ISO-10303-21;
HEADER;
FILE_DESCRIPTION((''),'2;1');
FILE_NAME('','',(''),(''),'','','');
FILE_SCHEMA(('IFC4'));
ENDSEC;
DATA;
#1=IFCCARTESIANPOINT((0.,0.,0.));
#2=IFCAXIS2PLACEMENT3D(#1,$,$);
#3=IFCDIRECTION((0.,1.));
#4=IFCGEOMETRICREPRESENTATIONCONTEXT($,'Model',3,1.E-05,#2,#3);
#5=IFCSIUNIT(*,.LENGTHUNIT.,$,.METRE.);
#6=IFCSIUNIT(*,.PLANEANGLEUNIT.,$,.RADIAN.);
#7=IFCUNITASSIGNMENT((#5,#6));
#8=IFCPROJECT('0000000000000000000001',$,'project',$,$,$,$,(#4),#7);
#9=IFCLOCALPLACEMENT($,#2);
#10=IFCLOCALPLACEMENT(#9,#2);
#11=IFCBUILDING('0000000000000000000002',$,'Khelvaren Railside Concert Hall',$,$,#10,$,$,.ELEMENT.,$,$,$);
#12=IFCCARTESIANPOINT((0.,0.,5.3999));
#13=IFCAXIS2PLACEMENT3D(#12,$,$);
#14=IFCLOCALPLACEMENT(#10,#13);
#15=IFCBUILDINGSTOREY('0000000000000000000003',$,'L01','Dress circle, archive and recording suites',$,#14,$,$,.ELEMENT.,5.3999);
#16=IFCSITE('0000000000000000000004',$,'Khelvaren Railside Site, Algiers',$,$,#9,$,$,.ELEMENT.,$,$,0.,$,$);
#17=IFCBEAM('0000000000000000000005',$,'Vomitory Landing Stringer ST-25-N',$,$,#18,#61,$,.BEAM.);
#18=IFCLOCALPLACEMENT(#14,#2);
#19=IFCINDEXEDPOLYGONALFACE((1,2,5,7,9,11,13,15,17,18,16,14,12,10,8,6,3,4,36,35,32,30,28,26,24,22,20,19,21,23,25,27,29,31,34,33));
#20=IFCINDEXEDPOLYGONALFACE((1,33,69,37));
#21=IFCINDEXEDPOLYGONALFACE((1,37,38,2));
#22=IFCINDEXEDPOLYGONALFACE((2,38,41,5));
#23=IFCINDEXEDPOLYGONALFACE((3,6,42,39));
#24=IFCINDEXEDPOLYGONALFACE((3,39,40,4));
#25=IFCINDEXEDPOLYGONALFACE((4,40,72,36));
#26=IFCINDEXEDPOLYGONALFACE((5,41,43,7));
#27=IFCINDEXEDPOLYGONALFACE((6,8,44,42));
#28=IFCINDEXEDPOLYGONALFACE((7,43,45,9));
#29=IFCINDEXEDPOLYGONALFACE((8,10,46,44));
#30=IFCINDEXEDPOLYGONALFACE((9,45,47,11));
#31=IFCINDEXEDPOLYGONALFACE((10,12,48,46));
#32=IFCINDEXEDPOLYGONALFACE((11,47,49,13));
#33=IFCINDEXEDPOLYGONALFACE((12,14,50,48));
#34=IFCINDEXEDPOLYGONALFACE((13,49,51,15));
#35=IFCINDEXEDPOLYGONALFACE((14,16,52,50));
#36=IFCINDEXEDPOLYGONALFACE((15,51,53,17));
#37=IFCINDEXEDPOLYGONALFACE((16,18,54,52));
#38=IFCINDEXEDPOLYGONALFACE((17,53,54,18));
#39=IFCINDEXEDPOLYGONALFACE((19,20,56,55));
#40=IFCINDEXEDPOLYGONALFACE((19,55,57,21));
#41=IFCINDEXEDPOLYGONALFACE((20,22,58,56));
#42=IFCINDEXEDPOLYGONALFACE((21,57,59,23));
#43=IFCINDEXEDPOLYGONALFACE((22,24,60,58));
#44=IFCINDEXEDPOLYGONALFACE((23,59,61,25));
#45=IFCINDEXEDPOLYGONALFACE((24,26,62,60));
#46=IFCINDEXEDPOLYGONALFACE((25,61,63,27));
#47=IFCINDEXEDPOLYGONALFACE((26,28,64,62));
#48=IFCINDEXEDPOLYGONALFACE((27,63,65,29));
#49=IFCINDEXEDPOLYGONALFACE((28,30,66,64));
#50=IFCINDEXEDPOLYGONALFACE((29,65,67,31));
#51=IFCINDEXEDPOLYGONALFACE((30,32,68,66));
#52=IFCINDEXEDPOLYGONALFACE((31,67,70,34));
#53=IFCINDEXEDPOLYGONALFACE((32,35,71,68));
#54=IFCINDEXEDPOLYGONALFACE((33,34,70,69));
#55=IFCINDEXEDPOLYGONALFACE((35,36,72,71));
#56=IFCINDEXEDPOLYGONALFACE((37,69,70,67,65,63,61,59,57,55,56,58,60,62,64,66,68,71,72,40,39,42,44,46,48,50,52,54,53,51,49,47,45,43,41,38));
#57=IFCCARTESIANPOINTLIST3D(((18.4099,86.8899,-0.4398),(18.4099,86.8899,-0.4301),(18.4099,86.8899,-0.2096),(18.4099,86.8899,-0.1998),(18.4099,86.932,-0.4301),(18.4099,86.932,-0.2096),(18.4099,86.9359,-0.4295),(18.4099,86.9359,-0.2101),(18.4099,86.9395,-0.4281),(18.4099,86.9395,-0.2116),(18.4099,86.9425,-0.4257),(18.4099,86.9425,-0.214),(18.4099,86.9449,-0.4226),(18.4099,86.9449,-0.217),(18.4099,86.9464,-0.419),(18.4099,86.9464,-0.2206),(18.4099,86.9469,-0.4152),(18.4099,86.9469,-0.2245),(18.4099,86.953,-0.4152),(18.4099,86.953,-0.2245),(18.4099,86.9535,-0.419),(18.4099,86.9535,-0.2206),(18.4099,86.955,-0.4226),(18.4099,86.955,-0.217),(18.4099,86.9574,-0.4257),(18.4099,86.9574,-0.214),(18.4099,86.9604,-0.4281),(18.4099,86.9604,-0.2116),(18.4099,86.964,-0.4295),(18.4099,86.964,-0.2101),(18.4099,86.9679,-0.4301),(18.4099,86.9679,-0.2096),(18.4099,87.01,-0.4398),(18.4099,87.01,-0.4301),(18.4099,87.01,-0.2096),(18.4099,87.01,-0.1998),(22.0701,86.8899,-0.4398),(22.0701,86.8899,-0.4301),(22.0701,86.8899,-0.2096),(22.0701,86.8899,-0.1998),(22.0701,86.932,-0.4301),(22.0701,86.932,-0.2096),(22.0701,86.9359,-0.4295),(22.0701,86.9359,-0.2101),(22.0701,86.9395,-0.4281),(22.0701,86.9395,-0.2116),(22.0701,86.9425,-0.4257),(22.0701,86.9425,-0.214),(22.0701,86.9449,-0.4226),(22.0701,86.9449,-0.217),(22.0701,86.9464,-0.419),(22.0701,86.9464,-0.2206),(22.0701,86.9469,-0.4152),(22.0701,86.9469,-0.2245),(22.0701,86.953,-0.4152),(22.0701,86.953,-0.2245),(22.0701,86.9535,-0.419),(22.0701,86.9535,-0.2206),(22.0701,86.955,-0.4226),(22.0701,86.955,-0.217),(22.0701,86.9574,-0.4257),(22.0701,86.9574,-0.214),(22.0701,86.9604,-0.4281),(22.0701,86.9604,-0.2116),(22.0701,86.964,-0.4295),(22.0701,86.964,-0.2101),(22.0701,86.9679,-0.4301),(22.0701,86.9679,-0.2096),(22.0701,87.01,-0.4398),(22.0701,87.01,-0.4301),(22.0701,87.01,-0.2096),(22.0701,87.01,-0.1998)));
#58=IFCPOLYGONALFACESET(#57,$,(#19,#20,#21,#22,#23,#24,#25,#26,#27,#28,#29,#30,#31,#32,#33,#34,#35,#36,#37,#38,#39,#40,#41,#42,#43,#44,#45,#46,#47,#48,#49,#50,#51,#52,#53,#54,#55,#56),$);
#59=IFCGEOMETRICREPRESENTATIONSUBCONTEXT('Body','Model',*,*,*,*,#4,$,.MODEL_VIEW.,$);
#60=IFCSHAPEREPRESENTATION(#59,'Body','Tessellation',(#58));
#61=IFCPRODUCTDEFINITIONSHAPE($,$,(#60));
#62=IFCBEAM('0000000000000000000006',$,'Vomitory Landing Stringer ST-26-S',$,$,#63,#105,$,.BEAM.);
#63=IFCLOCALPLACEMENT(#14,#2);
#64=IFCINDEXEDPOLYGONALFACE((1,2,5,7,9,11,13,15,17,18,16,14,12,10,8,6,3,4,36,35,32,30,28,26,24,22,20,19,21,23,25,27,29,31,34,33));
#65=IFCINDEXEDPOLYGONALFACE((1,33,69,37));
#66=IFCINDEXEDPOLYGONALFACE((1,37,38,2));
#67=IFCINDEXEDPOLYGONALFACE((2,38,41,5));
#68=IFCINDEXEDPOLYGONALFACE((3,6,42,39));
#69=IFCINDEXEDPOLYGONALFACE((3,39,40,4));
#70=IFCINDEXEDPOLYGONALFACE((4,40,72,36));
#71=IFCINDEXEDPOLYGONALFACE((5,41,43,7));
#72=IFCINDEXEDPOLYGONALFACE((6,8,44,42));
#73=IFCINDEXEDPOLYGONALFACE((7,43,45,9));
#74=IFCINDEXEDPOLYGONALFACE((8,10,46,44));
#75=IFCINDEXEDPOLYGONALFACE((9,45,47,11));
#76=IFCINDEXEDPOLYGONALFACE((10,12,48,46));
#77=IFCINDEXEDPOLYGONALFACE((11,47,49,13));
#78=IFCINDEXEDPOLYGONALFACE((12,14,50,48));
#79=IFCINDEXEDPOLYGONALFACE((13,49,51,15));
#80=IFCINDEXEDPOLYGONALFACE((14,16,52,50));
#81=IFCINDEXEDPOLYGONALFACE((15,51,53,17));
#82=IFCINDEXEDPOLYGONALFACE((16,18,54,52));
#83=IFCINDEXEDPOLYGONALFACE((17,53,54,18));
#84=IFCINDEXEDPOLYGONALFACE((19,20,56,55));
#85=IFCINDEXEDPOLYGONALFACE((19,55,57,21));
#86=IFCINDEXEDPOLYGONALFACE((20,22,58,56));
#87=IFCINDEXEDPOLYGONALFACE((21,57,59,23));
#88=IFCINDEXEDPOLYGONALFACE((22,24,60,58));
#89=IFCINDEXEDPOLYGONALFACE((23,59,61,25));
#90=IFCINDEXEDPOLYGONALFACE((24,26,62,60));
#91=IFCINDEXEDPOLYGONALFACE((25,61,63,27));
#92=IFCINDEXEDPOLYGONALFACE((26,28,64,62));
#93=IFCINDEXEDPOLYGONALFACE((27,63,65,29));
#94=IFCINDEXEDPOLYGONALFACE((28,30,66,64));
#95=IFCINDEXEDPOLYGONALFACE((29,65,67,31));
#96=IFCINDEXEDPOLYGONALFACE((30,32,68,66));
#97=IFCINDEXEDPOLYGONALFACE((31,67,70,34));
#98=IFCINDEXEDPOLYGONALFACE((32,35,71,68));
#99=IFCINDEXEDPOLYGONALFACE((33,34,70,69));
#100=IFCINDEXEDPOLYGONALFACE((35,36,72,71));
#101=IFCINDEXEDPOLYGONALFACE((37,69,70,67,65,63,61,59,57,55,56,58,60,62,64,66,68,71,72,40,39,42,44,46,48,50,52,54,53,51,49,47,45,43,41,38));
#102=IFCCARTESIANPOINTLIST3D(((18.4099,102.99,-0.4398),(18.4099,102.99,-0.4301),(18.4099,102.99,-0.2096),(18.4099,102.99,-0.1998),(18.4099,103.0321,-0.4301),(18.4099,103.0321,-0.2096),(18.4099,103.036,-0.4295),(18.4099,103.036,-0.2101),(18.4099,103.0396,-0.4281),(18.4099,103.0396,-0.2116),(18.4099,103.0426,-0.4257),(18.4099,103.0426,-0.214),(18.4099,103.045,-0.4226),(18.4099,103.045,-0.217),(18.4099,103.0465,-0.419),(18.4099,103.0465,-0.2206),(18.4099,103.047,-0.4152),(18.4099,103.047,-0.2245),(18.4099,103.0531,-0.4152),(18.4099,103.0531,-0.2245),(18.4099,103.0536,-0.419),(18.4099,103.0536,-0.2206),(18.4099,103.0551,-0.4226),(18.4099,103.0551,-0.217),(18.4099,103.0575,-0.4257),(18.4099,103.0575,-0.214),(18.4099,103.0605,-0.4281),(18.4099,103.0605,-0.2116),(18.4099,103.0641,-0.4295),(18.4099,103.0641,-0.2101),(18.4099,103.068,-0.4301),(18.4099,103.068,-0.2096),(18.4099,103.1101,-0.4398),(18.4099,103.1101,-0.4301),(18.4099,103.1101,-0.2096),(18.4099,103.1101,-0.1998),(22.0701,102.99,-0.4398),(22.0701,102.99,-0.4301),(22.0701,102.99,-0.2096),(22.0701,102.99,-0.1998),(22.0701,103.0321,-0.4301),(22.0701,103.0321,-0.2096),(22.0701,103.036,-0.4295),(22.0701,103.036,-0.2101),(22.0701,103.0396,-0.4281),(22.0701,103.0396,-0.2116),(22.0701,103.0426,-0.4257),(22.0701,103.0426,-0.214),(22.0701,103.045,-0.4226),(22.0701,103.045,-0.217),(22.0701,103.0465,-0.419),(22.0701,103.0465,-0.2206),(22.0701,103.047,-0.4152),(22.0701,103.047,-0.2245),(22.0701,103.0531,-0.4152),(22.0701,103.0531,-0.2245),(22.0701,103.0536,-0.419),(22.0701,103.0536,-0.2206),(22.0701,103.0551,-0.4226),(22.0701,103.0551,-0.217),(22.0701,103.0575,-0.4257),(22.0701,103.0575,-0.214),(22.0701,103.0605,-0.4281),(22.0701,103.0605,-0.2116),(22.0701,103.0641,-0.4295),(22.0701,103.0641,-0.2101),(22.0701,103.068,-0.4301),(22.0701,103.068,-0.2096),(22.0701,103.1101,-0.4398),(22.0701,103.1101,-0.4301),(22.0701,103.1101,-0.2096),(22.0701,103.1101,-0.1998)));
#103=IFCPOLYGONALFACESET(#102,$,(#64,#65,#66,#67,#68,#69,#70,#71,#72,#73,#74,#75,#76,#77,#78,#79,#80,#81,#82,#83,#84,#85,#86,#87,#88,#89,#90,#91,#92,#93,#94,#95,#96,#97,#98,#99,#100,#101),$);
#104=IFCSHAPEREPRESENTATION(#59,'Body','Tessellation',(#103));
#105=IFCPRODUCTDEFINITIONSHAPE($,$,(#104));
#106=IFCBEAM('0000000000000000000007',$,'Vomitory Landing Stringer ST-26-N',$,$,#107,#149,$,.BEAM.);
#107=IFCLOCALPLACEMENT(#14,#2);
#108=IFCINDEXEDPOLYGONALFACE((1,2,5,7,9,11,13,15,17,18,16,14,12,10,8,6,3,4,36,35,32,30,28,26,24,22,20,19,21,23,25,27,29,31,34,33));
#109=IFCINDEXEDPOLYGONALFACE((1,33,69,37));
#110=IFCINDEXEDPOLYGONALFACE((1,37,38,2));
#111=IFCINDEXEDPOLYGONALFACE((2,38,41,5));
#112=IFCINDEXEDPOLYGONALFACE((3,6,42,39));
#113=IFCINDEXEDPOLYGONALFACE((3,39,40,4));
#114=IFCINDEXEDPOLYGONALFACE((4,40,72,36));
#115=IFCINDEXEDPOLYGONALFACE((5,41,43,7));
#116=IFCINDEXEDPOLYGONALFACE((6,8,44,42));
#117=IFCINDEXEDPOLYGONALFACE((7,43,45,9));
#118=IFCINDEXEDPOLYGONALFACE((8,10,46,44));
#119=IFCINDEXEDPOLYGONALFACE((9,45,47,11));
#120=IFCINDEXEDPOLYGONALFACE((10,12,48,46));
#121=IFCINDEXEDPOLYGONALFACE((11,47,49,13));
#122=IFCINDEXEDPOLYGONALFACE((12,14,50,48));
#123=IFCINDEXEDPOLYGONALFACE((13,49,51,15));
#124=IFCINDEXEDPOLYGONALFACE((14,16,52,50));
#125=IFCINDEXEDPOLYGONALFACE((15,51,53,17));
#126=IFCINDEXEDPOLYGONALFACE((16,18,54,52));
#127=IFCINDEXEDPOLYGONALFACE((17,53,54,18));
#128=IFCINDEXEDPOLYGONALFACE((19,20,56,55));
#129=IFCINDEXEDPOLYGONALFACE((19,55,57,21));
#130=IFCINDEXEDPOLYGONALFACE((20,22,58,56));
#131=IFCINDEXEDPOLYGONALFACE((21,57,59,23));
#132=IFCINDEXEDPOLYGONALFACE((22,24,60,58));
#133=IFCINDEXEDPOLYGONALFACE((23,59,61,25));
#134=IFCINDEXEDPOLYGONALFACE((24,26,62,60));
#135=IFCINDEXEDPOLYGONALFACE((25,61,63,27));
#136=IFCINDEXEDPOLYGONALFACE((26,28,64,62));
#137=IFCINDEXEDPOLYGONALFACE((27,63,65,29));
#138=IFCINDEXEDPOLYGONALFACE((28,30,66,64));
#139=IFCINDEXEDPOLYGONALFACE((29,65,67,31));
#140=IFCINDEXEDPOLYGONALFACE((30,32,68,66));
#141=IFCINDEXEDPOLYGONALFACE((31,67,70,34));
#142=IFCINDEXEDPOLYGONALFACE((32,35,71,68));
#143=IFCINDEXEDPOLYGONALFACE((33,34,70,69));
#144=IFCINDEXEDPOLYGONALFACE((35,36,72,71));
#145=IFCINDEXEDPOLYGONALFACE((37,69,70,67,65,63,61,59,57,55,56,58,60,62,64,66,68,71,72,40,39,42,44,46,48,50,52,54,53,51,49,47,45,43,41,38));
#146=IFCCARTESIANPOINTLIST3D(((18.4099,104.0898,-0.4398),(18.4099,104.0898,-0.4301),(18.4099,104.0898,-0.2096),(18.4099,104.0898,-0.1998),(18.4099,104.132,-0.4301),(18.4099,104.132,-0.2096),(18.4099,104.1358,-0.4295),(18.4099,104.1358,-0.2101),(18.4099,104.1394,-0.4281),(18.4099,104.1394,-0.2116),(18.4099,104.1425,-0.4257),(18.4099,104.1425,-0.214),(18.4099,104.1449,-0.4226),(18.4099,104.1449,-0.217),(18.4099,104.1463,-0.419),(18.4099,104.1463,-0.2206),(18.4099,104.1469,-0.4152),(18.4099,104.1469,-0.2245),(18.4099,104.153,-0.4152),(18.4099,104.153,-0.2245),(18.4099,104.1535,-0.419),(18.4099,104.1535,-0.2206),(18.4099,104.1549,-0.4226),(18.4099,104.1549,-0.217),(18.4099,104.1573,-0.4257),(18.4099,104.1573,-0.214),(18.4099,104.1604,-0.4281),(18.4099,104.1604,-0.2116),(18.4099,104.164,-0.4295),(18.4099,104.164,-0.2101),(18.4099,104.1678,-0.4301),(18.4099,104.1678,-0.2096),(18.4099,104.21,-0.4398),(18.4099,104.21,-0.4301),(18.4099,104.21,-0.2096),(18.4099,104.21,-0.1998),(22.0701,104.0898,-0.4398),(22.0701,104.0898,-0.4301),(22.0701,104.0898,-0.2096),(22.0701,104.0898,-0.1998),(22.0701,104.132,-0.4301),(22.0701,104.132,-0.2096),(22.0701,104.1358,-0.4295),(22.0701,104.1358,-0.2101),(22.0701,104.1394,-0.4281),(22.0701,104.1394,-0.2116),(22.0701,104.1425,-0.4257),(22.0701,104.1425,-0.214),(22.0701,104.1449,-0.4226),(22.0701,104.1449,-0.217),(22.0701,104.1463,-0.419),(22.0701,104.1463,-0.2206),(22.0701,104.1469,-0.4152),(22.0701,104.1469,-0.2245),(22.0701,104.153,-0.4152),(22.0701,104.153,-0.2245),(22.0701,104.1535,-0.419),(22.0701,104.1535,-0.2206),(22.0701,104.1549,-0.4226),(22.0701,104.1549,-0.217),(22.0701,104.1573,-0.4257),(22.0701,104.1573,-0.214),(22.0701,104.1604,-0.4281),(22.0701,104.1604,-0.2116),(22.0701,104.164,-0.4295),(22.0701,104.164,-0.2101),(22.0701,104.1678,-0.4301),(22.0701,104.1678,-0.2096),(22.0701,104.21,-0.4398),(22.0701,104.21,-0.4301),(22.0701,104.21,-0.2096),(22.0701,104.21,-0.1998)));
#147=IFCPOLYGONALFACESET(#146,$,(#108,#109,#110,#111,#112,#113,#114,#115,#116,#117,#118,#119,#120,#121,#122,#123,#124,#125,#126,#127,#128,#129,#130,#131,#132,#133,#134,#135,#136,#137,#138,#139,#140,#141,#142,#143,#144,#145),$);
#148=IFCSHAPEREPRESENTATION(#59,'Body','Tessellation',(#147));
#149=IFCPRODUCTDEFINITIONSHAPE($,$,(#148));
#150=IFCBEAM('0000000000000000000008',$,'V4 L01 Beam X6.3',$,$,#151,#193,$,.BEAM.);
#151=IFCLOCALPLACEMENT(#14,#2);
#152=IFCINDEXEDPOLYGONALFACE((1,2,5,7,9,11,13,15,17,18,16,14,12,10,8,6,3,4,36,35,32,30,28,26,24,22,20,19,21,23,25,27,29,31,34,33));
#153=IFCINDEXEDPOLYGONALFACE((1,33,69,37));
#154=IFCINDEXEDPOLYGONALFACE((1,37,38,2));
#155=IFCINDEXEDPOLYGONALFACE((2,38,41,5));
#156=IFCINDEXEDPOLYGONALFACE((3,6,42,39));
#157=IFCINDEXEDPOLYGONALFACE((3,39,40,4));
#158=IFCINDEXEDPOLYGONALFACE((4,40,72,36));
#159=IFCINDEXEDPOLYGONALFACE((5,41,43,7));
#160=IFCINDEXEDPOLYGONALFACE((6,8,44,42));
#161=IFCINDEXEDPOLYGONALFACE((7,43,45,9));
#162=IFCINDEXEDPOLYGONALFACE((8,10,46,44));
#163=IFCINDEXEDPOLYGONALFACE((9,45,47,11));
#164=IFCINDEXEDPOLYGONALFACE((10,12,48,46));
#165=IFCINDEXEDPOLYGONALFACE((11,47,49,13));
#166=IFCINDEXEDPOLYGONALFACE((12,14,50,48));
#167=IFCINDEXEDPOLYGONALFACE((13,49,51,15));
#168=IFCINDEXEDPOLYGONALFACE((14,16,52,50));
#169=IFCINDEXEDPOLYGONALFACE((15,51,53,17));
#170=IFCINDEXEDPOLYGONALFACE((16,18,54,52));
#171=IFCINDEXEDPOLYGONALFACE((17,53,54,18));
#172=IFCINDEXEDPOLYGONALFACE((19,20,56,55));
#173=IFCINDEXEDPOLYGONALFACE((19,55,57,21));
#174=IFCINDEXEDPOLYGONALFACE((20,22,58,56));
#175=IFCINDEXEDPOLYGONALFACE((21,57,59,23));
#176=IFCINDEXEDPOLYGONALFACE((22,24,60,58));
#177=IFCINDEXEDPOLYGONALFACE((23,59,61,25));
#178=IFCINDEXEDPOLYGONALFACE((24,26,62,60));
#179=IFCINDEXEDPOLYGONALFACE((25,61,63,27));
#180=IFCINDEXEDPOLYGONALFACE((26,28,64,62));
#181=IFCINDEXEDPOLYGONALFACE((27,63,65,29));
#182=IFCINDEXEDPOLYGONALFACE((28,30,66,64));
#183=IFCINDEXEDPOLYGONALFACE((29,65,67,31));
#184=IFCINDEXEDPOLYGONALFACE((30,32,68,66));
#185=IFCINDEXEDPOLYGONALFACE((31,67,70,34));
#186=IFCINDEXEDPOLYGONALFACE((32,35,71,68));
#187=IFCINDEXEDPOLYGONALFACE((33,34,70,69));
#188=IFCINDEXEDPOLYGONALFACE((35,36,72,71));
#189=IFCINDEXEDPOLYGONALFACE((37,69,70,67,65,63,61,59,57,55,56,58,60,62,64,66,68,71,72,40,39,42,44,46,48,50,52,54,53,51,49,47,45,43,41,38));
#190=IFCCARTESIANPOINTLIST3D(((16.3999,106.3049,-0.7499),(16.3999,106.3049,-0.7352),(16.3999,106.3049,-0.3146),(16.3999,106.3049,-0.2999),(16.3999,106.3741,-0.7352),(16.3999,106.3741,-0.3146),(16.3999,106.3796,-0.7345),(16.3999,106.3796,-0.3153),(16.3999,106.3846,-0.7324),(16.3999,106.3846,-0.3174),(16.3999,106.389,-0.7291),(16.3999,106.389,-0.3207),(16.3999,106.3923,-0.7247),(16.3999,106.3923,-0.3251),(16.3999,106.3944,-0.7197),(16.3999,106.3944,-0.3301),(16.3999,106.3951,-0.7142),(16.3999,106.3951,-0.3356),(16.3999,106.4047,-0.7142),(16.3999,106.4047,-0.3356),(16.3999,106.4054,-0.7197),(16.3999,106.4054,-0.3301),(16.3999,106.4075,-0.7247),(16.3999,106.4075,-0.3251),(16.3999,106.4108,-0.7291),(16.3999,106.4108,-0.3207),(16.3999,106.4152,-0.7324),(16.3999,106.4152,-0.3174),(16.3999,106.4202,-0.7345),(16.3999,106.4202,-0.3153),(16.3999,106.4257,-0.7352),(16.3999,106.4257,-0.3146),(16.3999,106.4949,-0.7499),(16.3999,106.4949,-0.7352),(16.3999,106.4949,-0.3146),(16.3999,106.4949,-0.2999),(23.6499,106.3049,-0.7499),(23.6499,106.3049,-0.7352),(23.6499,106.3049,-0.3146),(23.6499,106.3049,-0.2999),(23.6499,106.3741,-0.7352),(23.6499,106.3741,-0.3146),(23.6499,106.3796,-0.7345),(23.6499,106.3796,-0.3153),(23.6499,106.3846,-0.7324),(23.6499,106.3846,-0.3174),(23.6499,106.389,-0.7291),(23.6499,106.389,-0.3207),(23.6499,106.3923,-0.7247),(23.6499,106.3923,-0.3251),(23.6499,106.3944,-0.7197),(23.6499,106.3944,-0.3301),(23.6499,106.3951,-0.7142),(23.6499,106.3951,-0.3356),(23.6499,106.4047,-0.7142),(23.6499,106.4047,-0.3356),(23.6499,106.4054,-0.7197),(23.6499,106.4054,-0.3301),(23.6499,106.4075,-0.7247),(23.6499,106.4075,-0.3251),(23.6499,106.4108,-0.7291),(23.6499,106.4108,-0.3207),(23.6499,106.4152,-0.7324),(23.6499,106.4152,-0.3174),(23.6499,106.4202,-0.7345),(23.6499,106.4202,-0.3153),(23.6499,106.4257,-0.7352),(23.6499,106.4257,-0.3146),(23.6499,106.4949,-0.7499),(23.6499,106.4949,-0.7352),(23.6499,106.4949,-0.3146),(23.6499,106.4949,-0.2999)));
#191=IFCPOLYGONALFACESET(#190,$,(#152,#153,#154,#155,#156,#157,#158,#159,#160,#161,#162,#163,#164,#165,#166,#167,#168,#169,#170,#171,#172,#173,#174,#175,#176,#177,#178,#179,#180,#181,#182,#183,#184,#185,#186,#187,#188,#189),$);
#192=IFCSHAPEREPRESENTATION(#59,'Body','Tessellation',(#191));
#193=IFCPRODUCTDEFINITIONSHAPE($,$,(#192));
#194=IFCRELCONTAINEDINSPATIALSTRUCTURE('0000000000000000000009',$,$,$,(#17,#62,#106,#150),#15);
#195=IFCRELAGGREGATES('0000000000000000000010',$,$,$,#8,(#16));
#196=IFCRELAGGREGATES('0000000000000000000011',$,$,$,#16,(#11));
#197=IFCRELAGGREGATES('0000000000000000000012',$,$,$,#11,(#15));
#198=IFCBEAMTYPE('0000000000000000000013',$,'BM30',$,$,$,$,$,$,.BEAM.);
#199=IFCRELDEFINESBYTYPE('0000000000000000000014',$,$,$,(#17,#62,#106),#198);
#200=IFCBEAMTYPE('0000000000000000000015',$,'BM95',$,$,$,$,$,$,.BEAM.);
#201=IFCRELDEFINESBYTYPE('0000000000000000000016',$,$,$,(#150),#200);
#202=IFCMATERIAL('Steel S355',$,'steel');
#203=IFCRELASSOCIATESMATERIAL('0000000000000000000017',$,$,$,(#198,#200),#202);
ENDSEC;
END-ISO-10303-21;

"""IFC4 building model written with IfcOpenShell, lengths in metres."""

from ifc_helpers import new_model, si_unit, direction, frame, origin, origin_2d, place, context, subcontext, project, spatial, i_section, extrude, material, material_profile, profile_set, type_object, element, save


model = new_model("IFC4")

# Units and contexts
model_context = context("Model", 3, precision=1e-05, world=origin(), true_north=direction((0.0, 1.0)))
body_context = subcontext(model_context, "Body", "Model", "MODEL_VIEW")
ifc_project = project(units=[si_unit("LENGTHUNIT", "METRE"), si_unit("PLANEANGLEUNIT", "RADIAN")], contexts=[model_context])

# Site, building, storey
site_placement = place(None, origin())
site = spatial("IfcSite", under=ifc_project, at=site_placement, Name="Khelvaren Railside Site, Algiers", CompositionType="ELEMENT", RefElevation=0.0)
building_placement = place(site_placement, origin())
building = spatial("IfcBuilding", under=site, at=building_placement, Name="Khelvaren Railside Concert Hall", CompositionType="ELEMENT")
storey_placement = place(building_placement, frame((0.0, 0.0, 5.3999)))
storey = spatial("IfcBuildingStorey", under=building, at=storey_placement, Name="L01", Description="Dress circle, archive and recording suites", CompositionType="ELEMENT", Elevation=5.3999)

# Beams
ifc_material_1 = material(Name="Steel S355", Category="steel")
ifc_material_profile_1 = material_profile(ifc_material_1, i_section(OverallWidth=0.1201, OverallDepth=0.24, WebThickness=0.0061, FlangeThickness=0.0098, FilletRadius=0.0149, at=origin_2d()), Name="IPE 240")
ifc_profile_set_1 = profile_set([ifc_material_profile_1], Name="Steel S355")
beam_type_1 = type_object("IfcBeamType", Name="BM30", PredefinedType="BEAM", material=ifc_profile_set_1)
for number, where, z_axis, x_axis, name in (
    (1, (18.4099, 86.95, -0.3198), (1.0, 0.0, 0.0), (0.0, 1.0, 0.0), "Vomitory Landing Stringer ST-25-N"),
    (2, (18.4099, 103.05, -0.3198), (1.0, 0.0, 0.0), (0.0, 1.0, 0.0), "Vomitory Landing Stringer ST-26-S"),
    (3, (18.4099, 104.1499, -0.3198), (1.0, 0.0, 0.0), (0.0, 1.0, 0.0), "Vomitory Landing Stringer ST-26-N"),
):
    element("IfcBeam", number, at=place(storey_placement, frame(where, z_axis=z_axis, x_axis=x_axis)), inside=storey, type_object=beam_type_1, Name=name, PredefinedType="BEAM", context=body_context, shape_type="SweptSolid", body=[
        extrude(i_section(OverallWidth=0.1201, OverallDepth=0.24, WebThickness=0.0061, FlangeThickness=0.0098, FilletRadius=0.0149, at=origin_2d()), origin(), (0.0, 0.0, 1.0), 3.6602),
    ])
ifc_material_profile_2 = material_profile(ifc_material_1, i_section(OverallWidth=0.1899, OverallDepth=0.45, WebThickness=0.0095, FlangeThickness=0.0146, FilletRadius=0.021, at=origin_2d()), Name="IPE 450")
ifc_profile_set_2 = profile_set([ifc_material_profile_2], Name="Steel S355")
beam_type_2 = type_object("IfcBeamType", Name="BM95", PredefinedType="BEAM", material=ifc_profile_set_2)
beam_1_placement = place(storey_placement, frame((16.3999, 106.3999, -0.5249), z_axis=(1.0, 0.0, 0.0), x_axis=(0.0, 1.0, 0.0)))
element("IfcBeam", 4, at=beam_1_placement, inside=storey, type_object=beam_type_2, Name="V4 L01 Beam X6.3", PredefinedType="BEAM", context=body_context, shape_type="SweptSolid", body=[
    extrude(i_section(OverallWidth=0.1899, OverallDepth=0.45, WebThickness=0.0095, FlangeThickness=0.0146, FilletRadius=0.021, at=origin_2d()), origin(), (0.0, 0.0, 1.0), 7.25),
])

save(model, "model.ifc")
